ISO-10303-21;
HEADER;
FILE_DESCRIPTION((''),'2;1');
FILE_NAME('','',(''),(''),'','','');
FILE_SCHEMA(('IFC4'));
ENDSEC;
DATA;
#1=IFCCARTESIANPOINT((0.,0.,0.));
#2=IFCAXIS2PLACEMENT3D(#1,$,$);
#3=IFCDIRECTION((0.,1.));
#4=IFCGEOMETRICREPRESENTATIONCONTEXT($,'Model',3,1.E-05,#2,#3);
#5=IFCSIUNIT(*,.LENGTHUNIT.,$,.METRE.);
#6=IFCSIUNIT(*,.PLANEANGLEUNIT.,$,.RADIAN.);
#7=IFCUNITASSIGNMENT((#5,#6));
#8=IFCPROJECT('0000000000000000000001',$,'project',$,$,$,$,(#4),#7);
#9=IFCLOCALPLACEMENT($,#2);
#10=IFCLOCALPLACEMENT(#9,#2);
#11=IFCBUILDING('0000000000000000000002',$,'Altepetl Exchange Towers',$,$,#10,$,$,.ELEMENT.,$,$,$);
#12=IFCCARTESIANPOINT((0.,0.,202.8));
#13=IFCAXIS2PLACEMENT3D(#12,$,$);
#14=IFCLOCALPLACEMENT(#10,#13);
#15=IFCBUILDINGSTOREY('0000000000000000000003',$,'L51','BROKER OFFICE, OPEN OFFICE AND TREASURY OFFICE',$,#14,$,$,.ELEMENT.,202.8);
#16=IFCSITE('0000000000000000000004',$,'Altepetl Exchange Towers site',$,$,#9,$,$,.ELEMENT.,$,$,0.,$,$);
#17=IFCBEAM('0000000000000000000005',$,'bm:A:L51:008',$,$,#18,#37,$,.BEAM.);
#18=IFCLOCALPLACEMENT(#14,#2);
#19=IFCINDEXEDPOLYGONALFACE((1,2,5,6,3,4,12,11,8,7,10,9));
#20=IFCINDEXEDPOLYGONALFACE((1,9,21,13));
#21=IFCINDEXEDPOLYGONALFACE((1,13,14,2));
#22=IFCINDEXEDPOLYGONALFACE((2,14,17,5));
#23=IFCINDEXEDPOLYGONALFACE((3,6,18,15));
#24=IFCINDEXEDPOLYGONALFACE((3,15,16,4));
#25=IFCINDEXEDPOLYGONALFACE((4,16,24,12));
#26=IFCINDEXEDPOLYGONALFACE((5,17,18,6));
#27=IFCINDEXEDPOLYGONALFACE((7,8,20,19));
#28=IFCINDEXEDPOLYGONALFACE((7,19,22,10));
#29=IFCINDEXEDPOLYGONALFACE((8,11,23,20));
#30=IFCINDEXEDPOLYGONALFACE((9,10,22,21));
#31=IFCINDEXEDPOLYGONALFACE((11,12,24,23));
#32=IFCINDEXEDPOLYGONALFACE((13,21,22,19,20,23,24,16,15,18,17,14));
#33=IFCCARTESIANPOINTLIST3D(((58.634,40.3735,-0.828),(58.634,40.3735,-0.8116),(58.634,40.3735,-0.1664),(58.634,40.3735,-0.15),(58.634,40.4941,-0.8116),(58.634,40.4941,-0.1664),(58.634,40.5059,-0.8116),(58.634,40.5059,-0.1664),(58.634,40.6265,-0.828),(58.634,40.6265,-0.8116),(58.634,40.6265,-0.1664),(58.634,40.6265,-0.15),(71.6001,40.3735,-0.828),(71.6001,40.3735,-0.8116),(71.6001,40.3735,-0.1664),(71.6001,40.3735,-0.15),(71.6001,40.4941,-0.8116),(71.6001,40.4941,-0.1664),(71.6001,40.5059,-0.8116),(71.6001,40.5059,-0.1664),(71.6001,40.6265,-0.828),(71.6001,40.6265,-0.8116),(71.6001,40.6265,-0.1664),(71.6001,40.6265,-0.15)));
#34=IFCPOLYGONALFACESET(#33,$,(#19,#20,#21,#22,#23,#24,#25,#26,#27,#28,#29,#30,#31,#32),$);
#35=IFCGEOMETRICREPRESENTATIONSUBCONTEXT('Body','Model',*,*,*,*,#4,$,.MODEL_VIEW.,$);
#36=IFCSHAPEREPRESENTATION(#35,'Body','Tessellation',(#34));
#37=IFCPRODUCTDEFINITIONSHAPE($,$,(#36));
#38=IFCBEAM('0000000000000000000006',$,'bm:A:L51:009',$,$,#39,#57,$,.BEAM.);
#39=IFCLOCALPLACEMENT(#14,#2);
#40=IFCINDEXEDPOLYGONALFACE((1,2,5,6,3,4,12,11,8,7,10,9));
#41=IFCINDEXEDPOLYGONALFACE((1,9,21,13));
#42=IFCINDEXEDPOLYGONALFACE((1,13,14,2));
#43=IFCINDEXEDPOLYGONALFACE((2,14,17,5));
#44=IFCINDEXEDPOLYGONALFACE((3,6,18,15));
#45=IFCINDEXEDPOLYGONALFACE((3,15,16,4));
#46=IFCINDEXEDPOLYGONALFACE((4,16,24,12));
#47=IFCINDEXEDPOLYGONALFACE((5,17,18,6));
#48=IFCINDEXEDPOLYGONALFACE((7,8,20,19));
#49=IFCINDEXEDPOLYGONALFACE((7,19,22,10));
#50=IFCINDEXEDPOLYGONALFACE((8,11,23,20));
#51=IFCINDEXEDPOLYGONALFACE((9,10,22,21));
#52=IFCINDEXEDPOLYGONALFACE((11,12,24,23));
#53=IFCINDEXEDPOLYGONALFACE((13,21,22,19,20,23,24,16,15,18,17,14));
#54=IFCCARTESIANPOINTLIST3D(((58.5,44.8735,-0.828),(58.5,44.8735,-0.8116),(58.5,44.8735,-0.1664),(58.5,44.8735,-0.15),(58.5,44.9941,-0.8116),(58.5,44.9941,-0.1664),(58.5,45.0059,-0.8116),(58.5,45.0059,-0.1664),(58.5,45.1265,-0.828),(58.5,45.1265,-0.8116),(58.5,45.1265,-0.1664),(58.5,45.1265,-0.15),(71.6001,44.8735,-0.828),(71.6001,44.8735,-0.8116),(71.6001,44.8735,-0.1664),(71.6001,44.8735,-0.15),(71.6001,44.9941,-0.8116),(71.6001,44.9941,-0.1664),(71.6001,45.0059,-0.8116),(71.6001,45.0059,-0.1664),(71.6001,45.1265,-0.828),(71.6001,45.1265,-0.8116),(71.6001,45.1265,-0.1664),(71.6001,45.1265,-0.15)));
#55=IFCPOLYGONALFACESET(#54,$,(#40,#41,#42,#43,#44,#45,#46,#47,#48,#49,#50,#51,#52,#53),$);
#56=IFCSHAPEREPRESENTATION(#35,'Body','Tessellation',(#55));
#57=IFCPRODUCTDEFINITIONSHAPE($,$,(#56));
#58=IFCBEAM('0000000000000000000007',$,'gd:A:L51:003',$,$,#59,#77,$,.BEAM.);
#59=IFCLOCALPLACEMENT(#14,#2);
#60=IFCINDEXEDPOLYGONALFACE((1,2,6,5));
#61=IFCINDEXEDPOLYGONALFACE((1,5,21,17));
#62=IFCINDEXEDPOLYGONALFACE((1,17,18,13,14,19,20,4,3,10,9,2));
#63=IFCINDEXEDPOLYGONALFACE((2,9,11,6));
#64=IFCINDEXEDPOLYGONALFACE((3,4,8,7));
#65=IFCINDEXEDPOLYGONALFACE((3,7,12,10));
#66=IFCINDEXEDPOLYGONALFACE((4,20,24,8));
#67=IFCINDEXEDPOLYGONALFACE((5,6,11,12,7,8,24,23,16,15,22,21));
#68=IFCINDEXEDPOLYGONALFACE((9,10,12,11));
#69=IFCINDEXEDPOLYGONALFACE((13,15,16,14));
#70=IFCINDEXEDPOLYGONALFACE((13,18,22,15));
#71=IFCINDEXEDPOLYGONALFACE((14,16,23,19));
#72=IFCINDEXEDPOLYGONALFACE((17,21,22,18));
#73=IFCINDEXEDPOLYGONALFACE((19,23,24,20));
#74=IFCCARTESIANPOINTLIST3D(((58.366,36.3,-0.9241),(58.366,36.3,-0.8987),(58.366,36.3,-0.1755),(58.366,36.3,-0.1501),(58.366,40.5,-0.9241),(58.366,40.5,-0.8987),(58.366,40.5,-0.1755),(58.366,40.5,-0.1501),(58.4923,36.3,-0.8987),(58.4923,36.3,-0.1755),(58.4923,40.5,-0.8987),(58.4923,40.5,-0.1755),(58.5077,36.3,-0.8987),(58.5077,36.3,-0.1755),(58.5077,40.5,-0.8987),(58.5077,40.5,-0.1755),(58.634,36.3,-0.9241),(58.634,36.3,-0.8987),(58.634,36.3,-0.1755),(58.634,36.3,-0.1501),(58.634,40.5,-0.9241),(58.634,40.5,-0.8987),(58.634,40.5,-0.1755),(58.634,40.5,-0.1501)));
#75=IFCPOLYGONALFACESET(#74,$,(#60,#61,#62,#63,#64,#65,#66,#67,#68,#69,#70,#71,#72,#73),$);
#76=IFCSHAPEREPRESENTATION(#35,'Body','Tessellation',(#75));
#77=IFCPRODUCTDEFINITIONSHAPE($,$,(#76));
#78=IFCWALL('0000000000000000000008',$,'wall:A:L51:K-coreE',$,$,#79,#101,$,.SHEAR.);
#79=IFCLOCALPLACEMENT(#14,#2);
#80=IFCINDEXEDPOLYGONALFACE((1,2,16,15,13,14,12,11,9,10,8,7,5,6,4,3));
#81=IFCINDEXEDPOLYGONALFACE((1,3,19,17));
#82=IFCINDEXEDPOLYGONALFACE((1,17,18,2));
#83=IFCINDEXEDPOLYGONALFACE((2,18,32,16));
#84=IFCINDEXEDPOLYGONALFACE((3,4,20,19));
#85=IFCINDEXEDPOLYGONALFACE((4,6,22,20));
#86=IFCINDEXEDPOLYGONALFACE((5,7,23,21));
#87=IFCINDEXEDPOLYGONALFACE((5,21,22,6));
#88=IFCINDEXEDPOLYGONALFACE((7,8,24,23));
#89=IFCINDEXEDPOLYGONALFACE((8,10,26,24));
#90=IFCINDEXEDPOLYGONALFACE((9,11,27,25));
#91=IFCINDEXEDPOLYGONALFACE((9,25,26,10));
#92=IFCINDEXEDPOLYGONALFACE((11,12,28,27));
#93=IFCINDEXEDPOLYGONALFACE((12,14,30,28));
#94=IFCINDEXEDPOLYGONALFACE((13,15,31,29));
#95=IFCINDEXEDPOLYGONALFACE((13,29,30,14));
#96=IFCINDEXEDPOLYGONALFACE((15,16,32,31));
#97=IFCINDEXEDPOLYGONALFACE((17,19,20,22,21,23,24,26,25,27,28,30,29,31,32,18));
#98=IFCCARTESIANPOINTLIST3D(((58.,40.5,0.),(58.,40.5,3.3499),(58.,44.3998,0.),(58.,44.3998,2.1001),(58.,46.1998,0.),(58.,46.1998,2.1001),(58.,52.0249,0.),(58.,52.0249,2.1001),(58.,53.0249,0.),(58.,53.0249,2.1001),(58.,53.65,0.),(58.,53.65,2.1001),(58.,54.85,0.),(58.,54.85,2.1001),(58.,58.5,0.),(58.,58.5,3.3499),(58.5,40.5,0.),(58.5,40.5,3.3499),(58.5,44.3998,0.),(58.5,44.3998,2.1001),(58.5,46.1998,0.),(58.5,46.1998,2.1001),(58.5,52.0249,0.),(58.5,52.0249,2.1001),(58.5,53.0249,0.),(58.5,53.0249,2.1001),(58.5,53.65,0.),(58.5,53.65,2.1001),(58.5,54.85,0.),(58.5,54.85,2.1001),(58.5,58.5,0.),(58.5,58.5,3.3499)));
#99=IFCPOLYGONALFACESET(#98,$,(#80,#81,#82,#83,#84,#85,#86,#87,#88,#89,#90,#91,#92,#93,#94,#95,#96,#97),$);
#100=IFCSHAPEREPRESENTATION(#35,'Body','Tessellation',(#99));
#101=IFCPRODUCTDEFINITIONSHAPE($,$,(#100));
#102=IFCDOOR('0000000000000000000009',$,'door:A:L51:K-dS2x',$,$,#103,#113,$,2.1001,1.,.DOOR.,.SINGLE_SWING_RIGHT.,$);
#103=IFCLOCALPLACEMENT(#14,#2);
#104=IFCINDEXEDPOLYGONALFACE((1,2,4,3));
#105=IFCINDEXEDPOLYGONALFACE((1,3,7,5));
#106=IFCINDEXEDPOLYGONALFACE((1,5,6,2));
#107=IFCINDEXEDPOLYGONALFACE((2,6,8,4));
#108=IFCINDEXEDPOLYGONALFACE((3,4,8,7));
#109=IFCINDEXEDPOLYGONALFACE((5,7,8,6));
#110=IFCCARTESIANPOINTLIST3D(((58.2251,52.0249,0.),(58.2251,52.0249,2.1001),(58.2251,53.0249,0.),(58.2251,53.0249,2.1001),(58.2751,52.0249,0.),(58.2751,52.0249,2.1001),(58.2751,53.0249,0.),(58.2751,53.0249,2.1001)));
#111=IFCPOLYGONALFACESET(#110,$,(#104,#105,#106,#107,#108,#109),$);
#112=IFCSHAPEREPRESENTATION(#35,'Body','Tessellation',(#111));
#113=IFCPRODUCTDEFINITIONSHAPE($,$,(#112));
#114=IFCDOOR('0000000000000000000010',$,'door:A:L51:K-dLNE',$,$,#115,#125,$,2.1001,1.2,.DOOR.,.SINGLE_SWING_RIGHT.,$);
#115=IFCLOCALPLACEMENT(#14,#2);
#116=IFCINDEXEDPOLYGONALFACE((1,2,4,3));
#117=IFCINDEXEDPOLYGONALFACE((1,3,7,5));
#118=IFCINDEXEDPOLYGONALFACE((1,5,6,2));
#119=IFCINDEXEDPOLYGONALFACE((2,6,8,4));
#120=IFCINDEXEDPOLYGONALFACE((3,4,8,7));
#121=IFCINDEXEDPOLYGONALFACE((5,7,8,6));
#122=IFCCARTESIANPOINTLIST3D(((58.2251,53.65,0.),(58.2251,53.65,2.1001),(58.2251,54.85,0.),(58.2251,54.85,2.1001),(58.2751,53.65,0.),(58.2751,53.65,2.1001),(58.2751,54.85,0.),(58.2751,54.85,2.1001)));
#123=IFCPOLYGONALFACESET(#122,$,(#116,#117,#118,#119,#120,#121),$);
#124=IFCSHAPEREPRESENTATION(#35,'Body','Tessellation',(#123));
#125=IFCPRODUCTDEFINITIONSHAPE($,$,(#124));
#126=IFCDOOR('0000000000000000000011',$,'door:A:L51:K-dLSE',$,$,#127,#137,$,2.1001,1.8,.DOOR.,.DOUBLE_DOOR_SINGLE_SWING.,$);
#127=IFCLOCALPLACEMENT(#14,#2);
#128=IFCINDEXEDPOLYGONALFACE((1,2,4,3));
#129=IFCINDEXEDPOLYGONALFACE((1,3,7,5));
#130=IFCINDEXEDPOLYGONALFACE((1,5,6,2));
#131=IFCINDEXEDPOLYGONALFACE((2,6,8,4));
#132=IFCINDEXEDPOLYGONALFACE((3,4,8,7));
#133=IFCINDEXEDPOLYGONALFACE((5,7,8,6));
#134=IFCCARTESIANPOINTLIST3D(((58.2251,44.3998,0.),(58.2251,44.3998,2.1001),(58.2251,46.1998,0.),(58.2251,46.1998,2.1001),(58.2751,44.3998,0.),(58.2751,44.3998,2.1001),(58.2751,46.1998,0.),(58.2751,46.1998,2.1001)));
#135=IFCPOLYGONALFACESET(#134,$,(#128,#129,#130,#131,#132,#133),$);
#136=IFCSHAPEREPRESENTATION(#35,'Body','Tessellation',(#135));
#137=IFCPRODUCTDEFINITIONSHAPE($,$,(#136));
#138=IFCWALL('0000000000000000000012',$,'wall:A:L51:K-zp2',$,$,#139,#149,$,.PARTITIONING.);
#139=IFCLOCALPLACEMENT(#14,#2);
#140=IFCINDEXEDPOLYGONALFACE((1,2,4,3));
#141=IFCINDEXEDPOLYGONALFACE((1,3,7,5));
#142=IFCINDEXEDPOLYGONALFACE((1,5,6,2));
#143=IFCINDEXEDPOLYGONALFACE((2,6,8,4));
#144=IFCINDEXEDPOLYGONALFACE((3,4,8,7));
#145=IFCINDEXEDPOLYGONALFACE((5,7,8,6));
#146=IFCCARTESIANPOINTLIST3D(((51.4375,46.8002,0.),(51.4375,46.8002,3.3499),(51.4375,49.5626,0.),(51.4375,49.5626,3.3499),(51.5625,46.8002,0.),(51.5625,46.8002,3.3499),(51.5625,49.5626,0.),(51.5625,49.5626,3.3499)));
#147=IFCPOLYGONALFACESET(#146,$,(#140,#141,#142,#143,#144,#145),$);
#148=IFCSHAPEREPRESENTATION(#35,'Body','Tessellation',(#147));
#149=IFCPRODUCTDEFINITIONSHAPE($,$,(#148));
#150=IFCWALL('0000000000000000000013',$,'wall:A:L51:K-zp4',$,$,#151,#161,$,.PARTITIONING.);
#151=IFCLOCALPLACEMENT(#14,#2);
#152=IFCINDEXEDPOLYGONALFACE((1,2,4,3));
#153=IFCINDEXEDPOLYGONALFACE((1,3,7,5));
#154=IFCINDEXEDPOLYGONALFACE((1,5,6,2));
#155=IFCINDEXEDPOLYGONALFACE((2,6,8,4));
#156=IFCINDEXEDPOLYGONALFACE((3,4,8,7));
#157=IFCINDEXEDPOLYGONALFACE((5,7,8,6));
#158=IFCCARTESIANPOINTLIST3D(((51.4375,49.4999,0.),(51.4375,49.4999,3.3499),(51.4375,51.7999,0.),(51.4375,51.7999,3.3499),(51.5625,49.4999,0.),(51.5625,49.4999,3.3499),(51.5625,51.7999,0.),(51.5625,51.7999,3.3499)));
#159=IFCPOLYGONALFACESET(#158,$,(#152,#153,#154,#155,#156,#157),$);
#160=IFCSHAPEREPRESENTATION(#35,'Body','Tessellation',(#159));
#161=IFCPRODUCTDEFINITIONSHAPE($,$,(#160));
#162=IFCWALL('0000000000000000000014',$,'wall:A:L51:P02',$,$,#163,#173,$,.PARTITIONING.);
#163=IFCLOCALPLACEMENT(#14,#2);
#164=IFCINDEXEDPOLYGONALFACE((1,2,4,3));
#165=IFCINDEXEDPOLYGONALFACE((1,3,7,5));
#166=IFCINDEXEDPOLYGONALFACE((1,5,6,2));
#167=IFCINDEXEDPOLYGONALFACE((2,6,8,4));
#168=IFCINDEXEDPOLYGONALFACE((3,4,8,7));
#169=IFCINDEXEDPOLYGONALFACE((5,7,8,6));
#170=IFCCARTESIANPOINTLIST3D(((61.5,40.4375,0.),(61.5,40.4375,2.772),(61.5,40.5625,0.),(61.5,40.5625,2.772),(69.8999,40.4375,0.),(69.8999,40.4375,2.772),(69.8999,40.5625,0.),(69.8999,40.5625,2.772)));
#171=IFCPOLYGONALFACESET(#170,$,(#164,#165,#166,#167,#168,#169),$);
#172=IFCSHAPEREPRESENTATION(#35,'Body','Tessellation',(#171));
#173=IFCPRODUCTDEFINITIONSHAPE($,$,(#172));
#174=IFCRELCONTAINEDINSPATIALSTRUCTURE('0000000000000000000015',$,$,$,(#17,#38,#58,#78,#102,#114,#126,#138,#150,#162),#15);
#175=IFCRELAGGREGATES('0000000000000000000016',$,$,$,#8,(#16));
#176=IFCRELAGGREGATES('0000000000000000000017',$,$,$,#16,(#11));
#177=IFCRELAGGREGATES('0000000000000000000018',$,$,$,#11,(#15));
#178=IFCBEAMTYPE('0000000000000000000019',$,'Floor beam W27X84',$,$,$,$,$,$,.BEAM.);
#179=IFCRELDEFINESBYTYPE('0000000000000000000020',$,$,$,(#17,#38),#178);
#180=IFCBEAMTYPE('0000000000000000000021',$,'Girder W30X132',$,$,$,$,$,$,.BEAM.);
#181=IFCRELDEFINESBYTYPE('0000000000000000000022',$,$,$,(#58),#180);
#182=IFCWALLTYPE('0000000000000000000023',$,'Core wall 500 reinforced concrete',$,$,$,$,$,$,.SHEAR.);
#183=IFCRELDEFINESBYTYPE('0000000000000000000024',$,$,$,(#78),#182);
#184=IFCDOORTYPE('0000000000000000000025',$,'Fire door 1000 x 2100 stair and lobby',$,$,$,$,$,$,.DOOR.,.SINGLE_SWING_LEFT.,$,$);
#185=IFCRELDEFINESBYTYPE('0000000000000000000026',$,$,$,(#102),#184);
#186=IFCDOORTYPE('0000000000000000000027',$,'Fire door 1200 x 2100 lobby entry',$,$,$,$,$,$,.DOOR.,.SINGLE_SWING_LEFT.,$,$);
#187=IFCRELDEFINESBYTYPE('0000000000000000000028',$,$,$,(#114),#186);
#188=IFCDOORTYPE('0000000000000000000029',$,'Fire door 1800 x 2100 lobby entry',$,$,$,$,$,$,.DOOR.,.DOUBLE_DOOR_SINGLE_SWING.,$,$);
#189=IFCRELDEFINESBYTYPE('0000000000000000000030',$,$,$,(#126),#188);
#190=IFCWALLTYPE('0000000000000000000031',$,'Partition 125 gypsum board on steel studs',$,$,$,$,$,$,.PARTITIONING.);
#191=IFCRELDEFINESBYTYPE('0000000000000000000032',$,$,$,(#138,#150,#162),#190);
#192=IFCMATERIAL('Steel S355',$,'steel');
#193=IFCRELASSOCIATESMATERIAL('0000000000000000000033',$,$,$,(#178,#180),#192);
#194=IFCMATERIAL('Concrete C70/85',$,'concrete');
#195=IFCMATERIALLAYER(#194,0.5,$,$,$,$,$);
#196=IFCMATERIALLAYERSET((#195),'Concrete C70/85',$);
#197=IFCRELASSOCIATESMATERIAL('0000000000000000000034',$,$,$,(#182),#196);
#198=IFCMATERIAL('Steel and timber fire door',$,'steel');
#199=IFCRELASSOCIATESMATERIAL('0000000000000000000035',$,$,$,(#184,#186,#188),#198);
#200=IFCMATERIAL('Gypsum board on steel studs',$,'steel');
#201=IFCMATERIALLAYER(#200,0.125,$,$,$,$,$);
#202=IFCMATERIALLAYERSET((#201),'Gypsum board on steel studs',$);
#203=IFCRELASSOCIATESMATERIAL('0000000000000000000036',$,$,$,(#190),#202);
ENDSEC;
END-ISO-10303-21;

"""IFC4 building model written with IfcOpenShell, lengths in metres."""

from ifc_helpers import new_model, si_unit, direction, frame, frame_2d, origin, origin_2d, place, context, subcontext, project, spatial, rectangle, i_section, extrude, material, layer, layer_set, material_profile, profile_set, type_object, element, fill, save


model = new_model("IFC4")

# Units and contexts
model_context = context("Model", 3, precision=1e-05, world=origin(), true_north=direction((0.0, 1.0)))
body_context = subcontext(model_context, "Body", "Model", "MODEL_VIEW")
ifc_project = project(units=[si_unit("LENGTHUNIT", "METRE"), si_unit("PLANEANGLEUNIT", "RADIAN")], contexts=[model_context])

# Site, building, storey
site_placement = place(None, origin())
site = spatial("IfcSite", under=ifc_project, at=site_placement, Name="Altepetl Exchange Towers site", CompositionType="ELEMENT", RefElevation=0.0)
building_placement = place(site_placement, origin())
building = spatial("IfcBuilding", under=site, at=building_placement, Name="Altepetl Exchange Towers", CompositionType="ELEMENT")
storey_placement = place(building_placement, frame((0.0, 0.0, 202.8)))
storey = spatial("IfcBuildingStorey", under=building, at=storey_placement, Name="L51", Description="BROKER OFFICE, OPEN OFFICE AND TREASURY OFFICE", CompositionType="ELEMENT", Elevation=202.8)

# Beams
ifc_material_1 = material(Name="Steel S355", Category="steel")
ifc_material_profile_1 = material_profile(ifc_material_1, i_section(OverallWidth=0.2529, OverallDepth=0.678, WebThickness=0.0117, FlangeThickness=0.0164, at=origin_2d()), Name="W27X84")
ifc_profile_set_1 = profile_set([ifc_material_profile_1], Name="Steel S355")
beam_type_1 = type_object("IfcBeamType", Name="Floor beam W27X84", PredefinedType="BEAM", material=ifc_profile_set_1)
beam_1_placement = place(storey_placement, frame((58.634, 40.5, -0.489), z_axis=(1.0, 0.0, 0.0), x_axis=(0.0, 1.0, 0.0)))
element("IfcBeam", 1, at=beam_1_placement, inside=storey, type_object=beam_type_1, Name="bm:A:L51:008", PredefinedType="BEAM", context=body_context, shape_type="SweptSolid", body=[
    extrude(i_section(OverallWidth=0.2529, OverallDepth=0.678, WebThickness=0.0117, FlangeThickness=0.0164, at=origin_2d()), origin(), (0.0, 0.0, 1.0), 12.9661),
])
beam_2_placement = place(storey_placement, frame((58.5, 45.0, -0.489), z_axis=(1.0, 0.0, 0.0), x_axis=(0.0, 1.0, 0.0)))
element("IfcBeam", 2, at=beam_2_placement, inside=storey, type_object=beam_type_1, Name="bm:A:L51:009", PredefinedType="BEAM", context=body_context, shape_type="SweptSolid", body=[
    extrude(i_section(OverallWidth=0.2529, OverallDepth=0.678, WebThickness=0.0117, FlangeThickness=0.0164, at=origin_2d()), origin(), (0.0, 0.0, 1.0), 13.1001),
])
ifc_material_profile_2 = material_profile(ifc_material_1, i_section(OverallWidth=0.2681, OverallDepth=0.7739, WebThickness=0.0154, FlangeThickness=0.0254, at=origin_2d()), Name="W30X132")
ifc_profile_set_2 = profile_set([ifc_material_profile_2], Name="Steel S355")
beam_type_2 = type_object("IfcBeamType", Name="Girder W30X132", PredefinedType="BEAM", material=ifc_profile_set_2)
beam_3_placement = place(storey_placement, frame((58.5, 40.5, -0.5371), z_axis=(0.0, -1.0, 0.0), x_axis=(1.0, 0.0, 0.0)))
element("IfcBeam", 3, at=beam_3_placement, inside=storey, type_object=beam_type_2, Name="gd:A:L51:003", PredefinedType="BEAM", context=body_context, shape_type="SweptSolid", body=[
    extrude(i_section(OverallWidth=0.2681, OverallDepth=0.7739, WebThickness=0.0154, FlangeThickness=0.0254, at=origin_2d()), origin(), (0.0, 0.0, 1.0), 4.2),
])

# Wall, openings, doors
ifc_material_2 = material(Name="Concrete C70/85", Category="concrete")
ifc_layer_1 = layer(ifc_material_2, 0.5)
ifc_layer_set_1 = layer_set([ifc_layer_1], Name="Concrete C70/85")
wall_type_1 = type_object("IfcWallType", Name="Core wall 500 reinforced concrete", PredefinedType="SHEAR", material=ifc_layer_set_1)
wall_1_placement = place(storey_placement, frame((58.25, 40.5, 0.0), z_axis=(0.0, 0.0, 1.0), x_axis=(0.0, 1.0, 0.0)))
wall_1 = element("IfcWall", 4, at=wall_1_placement, inside=storey, type_object=wall_type_1, Name="wall:A:L51:K-coreE", PredefinedType="SHEAR", context=body_context, shape_type="SweptSolid", body=[
    extrude(rectangle(XDim=18.0, YDim=0.5, at=frame_2d((9.0, 0.0))), origin(), (0.0, 0.0, 1.0), 3.3499),
])
opening_1_placement = place(wall_1_placement, frame((13.1499, 0.0, 0.0)))
opening_1 = element("IfcOpeningElement", 5, at=opening_1_placement, cuts=wall_1, PredefinedType="OPENING", context=body_context, shape_type="SweptSolid", body=[
    extrude(rectangle(XDim=1.2, YDim=2.1001, at=frame_2d((0.6001, 1.05))), frame((0.0, 0.26, 0.0), z_axis=(0.0, -1.0, 0.0), x_axis=(1.0, 0.0, 0.0)), (0.0, 0.0, 1.0), 0.52),
])
opening_2_placement = place(wall_1_placement, frame((3.8999, 0.0, 0.0)))
opening_2 = element("IfcOpeningElement", 6, at=opening_2_placement, cuts=wall_1, PredefinedType="OPENING", context=body_context, shape_type="SweptSolid", body=[
    extrude(rectangle(XDim=1.8, YDim=2.1001, at=frame_2d((0.8999, 1.05))), frame((0.0, 0.26, 0.0), z_axis=(0.0, -1.0, 0.0), x_axis=(1.0, 0.0, 0.0)), (0.0, 0.0, 1.0), 0.52),
])
opening_3_placement = place(wall_1_placement, frame((11.5249, 0.0, 0.0)))
opening_3 = element("IfcOpeningElement", 7, at=opening_3_placement, cuts=wall_1, PredefinedType="OPENING", context=body_context, shape_type="SweptSolid", body=[
    extrude(rectangle(XDim=1.0, YDim=2.1001, at=frame_2d((0.5, 1.05))), frame((0.0, 0.26, 0.0), z_axis=(0.0, -1.0, 0.0), x_axis=(1.0, 0.0, 0.0)), (0.0, 0.0, 1.0), 0.52),
])
ifc_material_3 = material(Name="Steel and timber fire door", Category="steel")
door_type_1 = type_object("IfcDoorType", Name="Fire door 1000 x 2100 stair and lobby", OperationType="SINGLE_SWING_LEFT", PredefinedType="DOOR", material=ifc_material_3)
door_1_placement = place(opening_3_placement, origin())
door_1 = element("IfcDoor", 8, at=door_1_placement, inside=storey, type_object=door_type_1, Name="door:A:L51:K-dS2x", OperationType="SINGLE_SWING_RIGHT", OverallHeight=2.1001, OverallWidth=1.0, PredefinedType="DOOR", context=body_context, shape_type="SweptSolid", body=[
    extrude(rectangle(XDim=1.0, YDim=2.1001, at=frame_2d((0.5, 1.05))), frame((0.0, 0.0249, 0.0), z_axis=(0.0, -1.0, 0.0), x_axis=(1.0, 0.0, 0.0)), (0.0, 0.0, 1.0), 0.05),
])
fill(opening_3, door_1)
door_type_2 = type_object("IfcDoorType", Name="Fire door 1200 x 2100 lobby entry", OperationType="SINGLE_SWING_LEFT", PredefinedType="DOOR", material=ifc_material_3)
door_2_placement = place(opening_1_placement, origin())
door_2 = element("IfcDoor", 9, at=door_2_placement, inside=storey, type_object=door_type_2, Name="door:A:L51:K-dLNE", OperationType="SINGLE_SWING_RIGHT", OverallHeight=2.1001, OverallWidth=1.2, PredefinedType="DOOR", context=body_context, shape_type="SweptSolid", body=[
    extrude(rectangle(XDim=1.2, YDim=2.1001, at=frame_2d((0.6001, 1.05))), frame((0.0, 0.0249, 0.0), z_axis=(0.0, -1.0, 0.0), x_axis=(1.0, 0.0, 0.0)), (0.0, 0.0, 1.0), 0.05),
])
fill(opening_1, door_2)
door_type_3 = type_object("IfcDoorType", Name="Fire door 1800 x 2100 lobby entry", OperationType="DOUBLE_DOOR_SINGLE_SWING", PredefinedType="DOOR", material=ifc_material_3)
door_3_placement = place(opening_2_placement, origin())
door_3 = element("IfcDoor", 10, at=door_3_placement, inside=storey, type_object=door_type_3, Name="door:A:L51:K-dLSE", OperationType="DOUBLE_DOOR_SINGLE_SWING", OverallHeight=2.1001, OverallWidth=1.8, PredefinedType="DOOR", context=body_context, shape_type="SweptSolid", body=[
    extrude(rectangle(XDim=1.8, YDim=2.1001, at=frame_2d((0.8999, 1.05))), frame((0.0, 0.0249, 0.0), z_axis=(0.0, -1.0, 0.0), x_axis=(1.0, 0.0, 0.0)), (0.0, 0.0, 1.0), 0.05),
])
fill(opening_2, door_3)

# Walls
ifc_material_4 = material(Name="Gypsum board on steel studs", Category="steel")
ifc_layer_2 = layer(ifc_material_4, 0.125)
ifc_layer_set_2 = layer_set([ifc_layer_2], Name="Gypsum board on steel studs")
wall_type_2 = type_object("IfcWallType", Name="Partition 125 gypsum board on steel studs", PredefinedType="PARTITIONING", material=ifc_layer_set_2)
wall_2_placement = place(storey_placement, frame((51.5, 46.8, 0.0), z_axis=(0.0, 0.0, 1.0), x_axis=(0.0, 1.0, 0.0)))
element("IfcWall", 11, at=wall_2_placement, inside=storey, type_object=wall_type_2, Name="wall:A:L51:K-zp2", PredefinedType="PARTITIONING", context=body_context, shape_type="SweptSolid", body=[
    extrude(rectangle(XDim=2.7625, YDim=0.125, at=frame_2d((1.3813, 0.0))), origin(), (0.0, 0.0, 1.0), 3.3499),
])
wall_3_placement = place(storey_placement, frame((51.5, 49.5, 0.0), z_axis=(0.0, 0.0, 1.0), x_axis=(0.0, 1.0, 0.0)))
element("IfcWall", 12, at=wall_3_placement, inside=storey, type_object=wall_type_2, Name="wall:A:L51:K-zp4", PredefinedType="PARTITIONING", context=body_context, shape_type="SweptSolid", body=[
    extrude(rectangle(XDim=2.3, YDim=0.125, at=frame_2d((1.1499, 0.0))), origin(), (0.0, 0.0, 1.0), 3.3499),
])
wall_4_placement = place(storey_placement, frame((61.5, 40.5, 0.0)))
element("IfcWall", 13, at=wall_4_placement, inside=storey, type_object=wall_type_2, Name="wall:A:L51:P02", PredefinedType="PARTITIONING", context=body_context, shape_type="SweptSolid", body=[
    extrude(rectangle(XDim=8.3999, YDim=0.125, at=frame_2d((4.2, 0.0))), origin(), (0.0, 0.0, 1.0), 2.772),
])

save(model, "model.ifc")
